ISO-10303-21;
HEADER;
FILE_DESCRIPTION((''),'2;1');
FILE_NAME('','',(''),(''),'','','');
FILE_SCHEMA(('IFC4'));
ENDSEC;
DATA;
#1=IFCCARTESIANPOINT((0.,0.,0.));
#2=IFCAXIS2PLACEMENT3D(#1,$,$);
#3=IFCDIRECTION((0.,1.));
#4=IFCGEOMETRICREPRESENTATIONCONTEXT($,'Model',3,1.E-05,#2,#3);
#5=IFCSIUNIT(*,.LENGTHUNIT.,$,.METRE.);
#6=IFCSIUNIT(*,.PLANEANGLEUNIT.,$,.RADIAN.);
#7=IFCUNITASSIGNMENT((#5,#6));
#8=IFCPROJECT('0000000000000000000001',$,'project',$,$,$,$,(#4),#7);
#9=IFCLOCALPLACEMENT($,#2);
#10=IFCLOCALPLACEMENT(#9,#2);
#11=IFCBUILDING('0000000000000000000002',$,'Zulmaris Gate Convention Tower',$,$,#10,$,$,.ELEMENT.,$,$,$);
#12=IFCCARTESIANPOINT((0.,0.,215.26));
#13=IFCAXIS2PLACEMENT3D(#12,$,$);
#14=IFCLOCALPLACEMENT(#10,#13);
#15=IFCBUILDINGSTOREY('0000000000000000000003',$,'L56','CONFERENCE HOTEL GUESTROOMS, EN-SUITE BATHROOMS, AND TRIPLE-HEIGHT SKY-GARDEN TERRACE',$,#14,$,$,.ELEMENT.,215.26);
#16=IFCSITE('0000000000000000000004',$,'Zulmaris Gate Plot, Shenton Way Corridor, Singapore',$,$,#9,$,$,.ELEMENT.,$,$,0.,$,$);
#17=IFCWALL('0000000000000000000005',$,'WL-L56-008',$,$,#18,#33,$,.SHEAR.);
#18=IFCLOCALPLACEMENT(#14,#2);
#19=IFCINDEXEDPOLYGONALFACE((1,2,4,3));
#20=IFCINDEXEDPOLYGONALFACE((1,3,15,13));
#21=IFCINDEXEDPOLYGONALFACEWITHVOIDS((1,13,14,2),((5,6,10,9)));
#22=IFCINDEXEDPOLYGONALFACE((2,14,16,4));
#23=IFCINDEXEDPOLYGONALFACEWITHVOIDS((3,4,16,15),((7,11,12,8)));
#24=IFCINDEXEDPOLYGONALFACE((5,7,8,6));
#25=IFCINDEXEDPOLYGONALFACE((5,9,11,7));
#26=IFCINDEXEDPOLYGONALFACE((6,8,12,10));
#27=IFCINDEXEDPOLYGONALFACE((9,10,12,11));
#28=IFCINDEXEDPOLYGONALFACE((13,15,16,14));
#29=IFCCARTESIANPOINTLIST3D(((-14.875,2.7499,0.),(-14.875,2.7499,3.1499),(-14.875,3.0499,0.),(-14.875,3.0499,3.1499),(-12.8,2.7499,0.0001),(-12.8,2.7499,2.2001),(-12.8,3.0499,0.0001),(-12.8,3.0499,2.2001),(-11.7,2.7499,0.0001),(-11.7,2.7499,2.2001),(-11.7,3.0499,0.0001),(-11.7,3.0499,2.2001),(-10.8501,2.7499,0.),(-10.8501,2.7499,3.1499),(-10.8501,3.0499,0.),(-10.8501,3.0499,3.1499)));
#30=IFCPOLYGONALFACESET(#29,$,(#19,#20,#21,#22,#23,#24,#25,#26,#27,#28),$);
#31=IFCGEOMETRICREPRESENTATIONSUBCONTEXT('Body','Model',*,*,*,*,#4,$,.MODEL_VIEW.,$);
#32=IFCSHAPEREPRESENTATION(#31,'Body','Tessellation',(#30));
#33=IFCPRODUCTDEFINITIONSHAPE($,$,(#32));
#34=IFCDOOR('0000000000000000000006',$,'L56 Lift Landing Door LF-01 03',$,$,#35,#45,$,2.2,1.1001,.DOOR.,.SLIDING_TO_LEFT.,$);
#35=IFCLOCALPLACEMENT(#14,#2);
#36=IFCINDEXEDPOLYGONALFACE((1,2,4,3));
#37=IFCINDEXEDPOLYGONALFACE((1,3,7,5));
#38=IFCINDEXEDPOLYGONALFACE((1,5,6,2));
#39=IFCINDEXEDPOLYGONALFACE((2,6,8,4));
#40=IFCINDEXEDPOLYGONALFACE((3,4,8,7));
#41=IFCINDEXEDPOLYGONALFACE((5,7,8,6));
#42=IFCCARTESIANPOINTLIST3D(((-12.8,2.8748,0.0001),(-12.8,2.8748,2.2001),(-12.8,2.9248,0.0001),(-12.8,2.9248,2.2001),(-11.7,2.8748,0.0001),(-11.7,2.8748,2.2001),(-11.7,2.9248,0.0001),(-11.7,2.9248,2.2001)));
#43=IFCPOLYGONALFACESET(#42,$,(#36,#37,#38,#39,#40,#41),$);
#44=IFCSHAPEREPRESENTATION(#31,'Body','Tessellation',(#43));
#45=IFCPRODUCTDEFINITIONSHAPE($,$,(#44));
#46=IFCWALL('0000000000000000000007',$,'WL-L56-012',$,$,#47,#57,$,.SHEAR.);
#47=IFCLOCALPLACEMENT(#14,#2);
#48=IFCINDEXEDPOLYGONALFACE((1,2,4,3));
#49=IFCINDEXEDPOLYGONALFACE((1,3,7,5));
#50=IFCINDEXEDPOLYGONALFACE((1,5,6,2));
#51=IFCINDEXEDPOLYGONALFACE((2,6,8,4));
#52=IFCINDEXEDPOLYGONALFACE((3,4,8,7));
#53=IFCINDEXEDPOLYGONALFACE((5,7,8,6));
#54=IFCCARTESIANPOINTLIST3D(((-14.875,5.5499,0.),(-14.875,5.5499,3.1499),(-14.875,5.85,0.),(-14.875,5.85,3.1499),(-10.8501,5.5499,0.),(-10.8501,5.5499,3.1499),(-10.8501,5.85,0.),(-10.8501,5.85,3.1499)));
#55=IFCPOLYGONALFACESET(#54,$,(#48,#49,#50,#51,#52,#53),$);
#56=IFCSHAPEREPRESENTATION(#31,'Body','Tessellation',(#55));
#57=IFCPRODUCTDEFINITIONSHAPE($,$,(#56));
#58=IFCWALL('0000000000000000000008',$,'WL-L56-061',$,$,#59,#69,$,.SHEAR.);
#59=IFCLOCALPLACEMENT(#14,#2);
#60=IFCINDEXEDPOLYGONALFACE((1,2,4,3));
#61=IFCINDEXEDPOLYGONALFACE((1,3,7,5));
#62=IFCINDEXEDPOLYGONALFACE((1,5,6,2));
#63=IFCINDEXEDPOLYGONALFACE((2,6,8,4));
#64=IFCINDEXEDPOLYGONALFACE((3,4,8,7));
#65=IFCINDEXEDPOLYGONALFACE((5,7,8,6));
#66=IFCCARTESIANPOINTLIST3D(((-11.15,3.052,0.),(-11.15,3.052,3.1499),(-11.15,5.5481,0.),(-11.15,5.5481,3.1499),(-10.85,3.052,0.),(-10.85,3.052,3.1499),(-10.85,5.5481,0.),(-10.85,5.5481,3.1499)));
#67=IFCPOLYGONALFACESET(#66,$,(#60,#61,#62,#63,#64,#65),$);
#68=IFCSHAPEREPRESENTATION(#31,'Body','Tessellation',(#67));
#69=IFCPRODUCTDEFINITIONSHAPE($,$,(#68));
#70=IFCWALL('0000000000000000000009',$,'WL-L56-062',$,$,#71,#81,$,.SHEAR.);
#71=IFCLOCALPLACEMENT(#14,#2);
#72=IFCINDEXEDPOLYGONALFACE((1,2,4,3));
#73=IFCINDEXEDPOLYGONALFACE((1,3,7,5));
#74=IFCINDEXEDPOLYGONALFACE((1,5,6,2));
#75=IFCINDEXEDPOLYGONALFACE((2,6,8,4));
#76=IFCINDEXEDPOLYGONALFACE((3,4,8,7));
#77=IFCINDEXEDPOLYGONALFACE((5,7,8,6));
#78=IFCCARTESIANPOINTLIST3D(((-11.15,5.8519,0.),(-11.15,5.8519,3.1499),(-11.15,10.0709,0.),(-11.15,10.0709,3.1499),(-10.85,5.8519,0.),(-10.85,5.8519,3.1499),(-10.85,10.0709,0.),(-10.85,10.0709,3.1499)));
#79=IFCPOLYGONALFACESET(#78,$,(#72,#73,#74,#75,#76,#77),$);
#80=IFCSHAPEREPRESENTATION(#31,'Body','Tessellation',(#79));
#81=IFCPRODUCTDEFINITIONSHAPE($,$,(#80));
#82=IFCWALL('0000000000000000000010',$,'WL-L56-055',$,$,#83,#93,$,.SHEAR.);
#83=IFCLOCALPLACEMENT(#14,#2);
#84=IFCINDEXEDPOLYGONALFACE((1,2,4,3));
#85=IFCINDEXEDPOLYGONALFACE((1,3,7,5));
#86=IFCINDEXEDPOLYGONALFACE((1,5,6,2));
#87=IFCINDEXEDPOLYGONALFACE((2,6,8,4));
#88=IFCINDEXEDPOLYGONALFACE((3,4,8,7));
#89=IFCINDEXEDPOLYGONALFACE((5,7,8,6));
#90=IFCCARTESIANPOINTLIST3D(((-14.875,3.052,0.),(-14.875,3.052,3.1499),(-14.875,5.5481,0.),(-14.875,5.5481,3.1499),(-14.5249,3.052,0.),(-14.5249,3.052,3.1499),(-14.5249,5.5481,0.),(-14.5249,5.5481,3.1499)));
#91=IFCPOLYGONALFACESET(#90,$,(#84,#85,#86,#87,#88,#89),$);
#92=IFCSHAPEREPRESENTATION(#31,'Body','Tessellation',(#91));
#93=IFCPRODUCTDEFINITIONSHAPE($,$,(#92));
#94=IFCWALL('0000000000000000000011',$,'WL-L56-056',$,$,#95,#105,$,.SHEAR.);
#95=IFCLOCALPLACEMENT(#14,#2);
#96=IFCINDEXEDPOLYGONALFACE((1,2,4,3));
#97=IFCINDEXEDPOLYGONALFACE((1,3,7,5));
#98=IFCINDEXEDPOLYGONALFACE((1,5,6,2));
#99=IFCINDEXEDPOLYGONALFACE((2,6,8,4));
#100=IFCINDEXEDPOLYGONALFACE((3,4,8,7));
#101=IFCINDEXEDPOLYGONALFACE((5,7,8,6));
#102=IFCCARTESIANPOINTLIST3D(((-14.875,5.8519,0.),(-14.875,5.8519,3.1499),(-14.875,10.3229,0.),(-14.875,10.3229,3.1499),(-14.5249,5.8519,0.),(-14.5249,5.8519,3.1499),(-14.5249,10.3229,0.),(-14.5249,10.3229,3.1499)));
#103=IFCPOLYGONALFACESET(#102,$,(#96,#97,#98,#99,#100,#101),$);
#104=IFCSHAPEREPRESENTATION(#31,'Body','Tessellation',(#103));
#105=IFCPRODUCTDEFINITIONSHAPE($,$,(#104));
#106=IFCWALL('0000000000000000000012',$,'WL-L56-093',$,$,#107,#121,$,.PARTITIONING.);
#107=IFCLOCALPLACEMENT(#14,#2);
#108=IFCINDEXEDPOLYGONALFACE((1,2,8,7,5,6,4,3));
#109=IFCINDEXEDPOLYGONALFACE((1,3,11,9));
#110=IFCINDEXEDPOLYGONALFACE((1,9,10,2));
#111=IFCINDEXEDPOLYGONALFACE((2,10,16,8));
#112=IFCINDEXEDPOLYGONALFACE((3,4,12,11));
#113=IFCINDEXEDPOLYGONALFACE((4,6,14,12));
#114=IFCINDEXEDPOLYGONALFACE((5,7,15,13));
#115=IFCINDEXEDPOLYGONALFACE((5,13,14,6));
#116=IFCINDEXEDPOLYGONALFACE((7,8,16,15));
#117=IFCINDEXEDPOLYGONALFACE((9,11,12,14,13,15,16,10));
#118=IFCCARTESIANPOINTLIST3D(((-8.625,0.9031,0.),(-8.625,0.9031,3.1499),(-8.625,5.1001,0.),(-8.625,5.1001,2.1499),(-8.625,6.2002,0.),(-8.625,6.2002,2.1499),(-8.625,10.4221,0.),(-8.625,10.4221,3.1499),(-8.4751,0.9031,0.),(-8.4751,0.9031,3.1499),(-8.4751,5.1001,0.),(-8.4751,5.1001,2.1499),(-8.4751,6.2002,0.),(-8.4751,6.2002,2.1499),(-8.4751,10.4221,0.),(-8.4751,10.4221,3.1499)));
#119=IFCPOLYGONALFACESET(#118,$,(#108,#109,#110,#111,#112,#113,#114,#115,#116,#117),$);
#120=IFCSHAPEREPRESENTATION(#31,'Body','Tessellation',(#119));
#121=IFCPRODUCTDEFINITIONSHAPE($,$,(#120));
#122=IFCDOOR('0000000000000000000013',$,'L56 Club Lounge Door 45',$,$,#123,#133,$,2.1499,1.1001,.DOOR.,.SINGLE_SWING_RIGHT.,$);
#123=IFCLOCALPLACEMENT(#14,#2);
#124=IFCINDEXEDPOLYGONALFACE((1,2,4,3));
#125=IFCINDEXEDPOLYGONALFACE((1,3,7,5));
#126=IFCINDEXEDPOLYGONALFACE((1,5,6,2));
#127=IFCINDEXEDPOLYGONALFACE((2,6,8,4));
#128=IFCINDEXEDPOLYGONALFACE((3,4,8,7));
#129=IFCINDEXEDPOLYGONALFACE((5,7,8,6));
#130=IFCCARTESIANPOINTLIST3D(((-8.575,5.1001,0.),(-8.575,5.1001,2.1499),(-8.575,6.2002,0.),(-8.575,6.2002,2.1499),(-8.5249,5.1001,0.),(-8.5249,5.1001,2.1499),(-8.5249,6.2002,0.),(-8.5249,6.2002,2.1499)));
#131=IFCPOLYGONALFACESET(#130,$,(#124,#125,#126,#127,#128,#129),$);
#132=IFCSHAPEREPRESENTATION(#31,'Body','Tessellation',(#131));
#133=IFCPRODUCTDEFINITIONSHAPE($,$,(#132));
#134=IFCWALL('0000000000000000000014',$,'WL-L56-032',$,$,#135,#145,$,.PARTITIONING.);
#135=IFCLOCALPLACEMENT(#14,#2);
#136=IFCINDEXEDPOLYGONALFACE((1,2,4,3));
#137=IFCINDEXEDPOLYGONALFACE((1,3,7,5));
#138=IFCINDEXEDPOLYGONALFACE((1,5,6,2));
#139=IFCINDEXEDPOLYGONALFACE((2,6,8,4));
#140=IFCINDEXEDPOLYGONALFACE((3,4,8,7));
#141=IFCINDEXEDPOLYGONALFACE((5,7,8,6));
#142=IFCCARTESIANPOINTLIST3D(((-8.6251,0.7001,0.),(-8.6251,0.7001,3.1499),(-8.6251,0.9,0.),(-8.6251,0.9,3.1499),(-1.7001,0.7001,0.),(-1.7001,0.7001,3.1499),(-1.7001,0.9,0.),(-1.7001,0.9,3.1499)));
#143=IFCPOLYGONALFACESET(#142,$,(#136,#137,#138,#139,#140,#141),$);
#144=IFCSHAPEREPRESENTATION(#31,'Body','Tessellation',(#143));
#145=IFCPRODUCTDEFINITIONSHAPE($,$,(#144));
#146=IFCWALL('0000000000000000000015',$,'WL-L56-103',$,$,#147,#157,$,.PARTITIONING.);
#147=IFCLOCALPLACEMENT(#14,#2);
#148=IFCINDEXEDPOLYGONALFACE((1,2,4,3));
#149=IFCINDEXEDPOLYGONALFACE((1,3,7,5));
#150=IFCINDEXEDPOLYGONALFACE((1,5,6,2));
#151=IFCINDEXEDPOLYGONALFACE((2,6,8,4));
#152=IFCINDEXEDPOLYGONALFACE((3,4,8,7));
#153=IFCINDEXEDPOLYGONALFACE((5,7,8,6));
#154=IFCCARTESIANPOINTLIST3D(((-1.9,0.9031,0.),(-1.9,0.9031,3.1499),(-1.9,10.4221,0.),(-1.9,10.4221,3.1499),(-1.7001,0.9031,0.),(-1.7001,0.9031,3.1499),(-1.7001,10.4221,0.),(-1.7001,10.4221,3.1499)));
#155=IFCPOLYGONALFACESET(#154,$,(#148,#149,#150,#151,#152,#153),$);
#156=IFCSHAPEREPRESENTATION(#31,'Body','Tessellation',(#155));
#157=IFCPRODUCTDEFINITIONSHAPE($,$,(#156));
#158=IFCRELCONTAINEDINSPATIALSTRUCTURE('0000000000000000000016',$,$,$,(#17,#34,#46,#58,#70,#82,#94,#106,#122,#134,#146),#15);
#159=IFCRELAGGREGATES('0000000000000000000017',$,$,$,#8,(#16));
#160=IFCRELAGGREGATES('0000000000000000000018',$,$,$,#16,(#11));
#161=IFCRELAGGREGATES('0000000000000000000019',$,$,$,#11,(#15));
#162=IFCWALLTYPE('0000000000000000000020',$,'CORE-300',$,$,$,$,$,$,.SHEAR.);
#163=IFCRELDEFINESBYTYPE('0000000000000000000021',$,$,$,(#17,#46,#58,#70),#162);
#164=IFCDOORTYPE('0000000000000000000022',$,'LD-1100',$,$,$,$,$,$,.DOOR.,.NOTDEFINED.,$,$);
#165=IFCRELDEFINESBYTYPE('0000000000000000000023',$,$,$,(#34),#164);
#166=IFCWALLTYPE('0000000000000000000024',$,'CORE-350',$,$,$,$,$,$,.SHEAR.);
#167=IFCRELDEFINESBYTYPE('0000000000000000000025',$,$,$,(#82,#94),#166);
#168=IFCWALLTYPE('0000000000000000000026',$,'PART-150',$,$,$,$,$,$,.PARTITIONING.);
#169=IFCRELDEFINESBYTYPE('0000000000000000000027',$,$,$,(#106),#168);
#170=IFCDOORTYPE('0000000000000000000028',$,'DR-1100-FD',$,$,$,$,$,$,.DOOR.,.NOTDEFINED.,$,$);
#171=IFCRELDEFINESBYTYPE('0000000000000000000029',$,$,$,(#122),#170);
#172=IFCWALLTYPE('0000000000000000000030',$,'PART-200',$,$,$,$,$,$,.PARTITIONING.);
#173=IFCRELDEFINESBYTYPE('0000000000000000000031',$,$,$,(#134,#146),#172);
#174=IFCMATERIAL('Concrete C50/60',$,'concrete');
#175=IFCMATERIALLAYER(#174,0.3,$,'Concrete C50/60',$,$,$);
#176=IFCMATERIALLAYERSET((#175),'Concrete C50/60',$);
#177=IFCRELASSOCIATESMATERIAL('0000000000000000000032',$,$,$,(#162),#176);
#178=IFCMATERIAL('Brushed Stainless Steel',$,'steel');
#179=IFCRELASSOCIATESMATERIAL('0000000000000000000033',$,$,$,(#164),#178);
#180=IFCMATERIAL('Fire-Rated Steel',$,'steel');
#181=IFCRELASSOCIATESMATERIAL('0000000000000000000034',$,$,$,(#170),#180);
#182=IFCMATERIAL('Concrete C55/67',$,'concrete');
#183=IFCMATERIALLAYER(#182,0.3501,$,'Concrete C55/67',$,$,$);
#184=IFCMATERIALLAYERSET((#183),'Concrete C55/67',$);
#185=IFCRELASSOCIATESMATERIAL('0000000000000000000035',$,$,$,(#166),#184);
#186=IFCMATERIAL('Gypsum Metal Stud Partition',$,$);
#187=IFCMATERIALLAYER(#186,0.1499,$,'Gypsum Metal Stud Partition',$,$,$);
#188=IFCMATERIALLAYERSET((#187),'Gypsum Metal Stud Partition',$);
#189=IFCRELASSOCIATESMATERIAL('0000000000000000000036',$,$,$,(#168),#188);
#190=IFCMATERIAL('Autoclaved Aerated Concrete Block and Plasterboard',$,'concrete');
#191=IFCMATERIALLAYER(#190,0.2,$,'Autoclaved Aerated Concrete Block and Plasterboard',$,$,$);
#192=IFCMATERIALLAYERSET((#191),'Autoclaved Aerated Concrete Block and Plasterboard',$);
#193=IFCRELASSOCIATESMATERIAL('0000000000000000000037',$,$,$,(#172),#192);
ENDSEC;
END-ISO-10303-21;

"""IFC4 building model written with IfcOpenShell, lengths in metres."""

from ifc_helpers import new_model, si_unit, direction, frame, frame_2d, origin, place, context, subcontext, project, spatial, rectangle, extrude, material, layer, layer_set, type_object, element, fill, save


model = new_model("IFC4")

# Units and contexts
model_context = context("Model", 3, precision=1e-05, world=origin(), true_north=direction((0.0, 1.0)))
body_context = subcontext(model_context, "Body", "Model", "MODEL_VIEW")
ifc_project = project(units=[si_unit("LENGTHUNIT", "METRE"), si_unit("PLANEANGLEUNIT", "RADIAN")], contexts=[model_context])

# Site, building, storey
site_placement = place(None, origin())
site = spatial("IfcSite", under=ifc_project, at=site_placement, Name="Zulmaris Gate Plot, Shenton Way Corridor, Singapore", CompositionType="ELEMENT", RefElevation=0.0)
building_placement = place(site_placement, origin())
building = spatial("IfcBuilding", under=site, at=building_placement, Name="Zulmaris Gate Convention Tower", CompositionType="ELEMENT")
storey_placement = place(building_placement, frame((0.0, 0.0, 215.26)))
storey = spatial("IfcBuildingStorey", under=building, at=storey_placement, Name="L56", Description="CONFERENCE HOTEL GUESTROOMS, EN-SUITE BATHROOMS, AND TRIPLE-HEIGHT SKY-GARDEN TERRACE", CompositionType="ELEMENT", Elevation=215.26)

# Shared definitions
ifc_material_1 = material(Name="Concrete C50/60", Category="concrete")

# Wall, opening, door
ifc_layer_1 = layer(ifc_material_1, 0.3, Name="Concrete C50/60")
ifc_layer_set_1 = layer_set([ifc_layer_1], Name="Concrete C50/60")
wall_type_1 = type_object("IfcWallType", Name="CORE-300", PredefinedType="SHEAR", material=ifc_layer_set_1)
wall_1_placement = place(storey_placement, frame((-14.875, 2.8999, 0.0), z_axis=(0.0, 0.0, 1.0), x_axis=(1.0, 0.0, 0.0)))
wall_1 = element("IfcWall", 1, at=wall_1_placement, inside=storey, type_object=wall_type_1, Name="WL-L56-008", PredefinedType="SHEAR", context=body_context, shape_type="SweptSolid", body=[
    extrude(rectangle(XDim=4.0249, YDim=0.3, at=frame_2d((2.0125, 0.0))), origin(), (0.0, 0.0, 1.0), 3.1499),
])
opening_1_placement = place(wall_1_placement, frame((2.075, 0.0, 0.0)))
opening_1 = element("IfcOpeningElement", 2, at=opening_1_placement, cuts=wall_1, PredefinedType="OPENING", context=body_context, shape_type="SweptSolid", body=[
    extrude(rectangle(XDim=1.1001, YDim=2.2, at=frame_2d((0.55, 1.1001))), frame((0.0, 0.1602, 0.0), z_axis=(0.0, -1.0, 0.0), x_axis=(1.0, 0.0, 0.0)), (0.0, 0.0, 1.0), 0.3201),
])
ifc_material_2 = material(Name="Brushed Stainless Steel", Category="steel")
door_type_1 = type_object("IfcDoorType", Name="LD-1100", OperationType="NOTDEFINED", PredefinedType="DOOR", material=ifc_material_2)
door_1_placement = place(opening_1_placement, origin())
door_1 = element("IfcDoor", 3, at=door_1_placement, inside=storey, type_object=door_type_1, Name="L56 Lift Landing Door LF-01 03", OperationType="SLIDING_TO_LEFT", OverallHeight=2.2, OverallWidth=1.1001, PredefinedType="DOOR", context=body_context, shape_type="SweptSolid", body=[
    extrude(rectangle(XDim=1.1001, YDim=2.2, at=frame_2d((0.55, 1.1001))), frame((0.0, 0.0249, 0.0), z_axis=(0.0, -1.0, 0.0), x_axis=(1.0, 0.0, 0.0)), (0.0, 0.0, 1.0), 0.05),
])
fill(opening_1, door_1)

# Wall
wall_2_placement = place(storey_placement, frame((-14.875, 5.7, 0.0), z_axis=(0.0, 0.0, 1.0), x_axis=(1.0, 0.0, 0.0)))
element("IfcWall", 4, at=wall_2_placement, inside=storey, type_object=wall_type_1, Name="WL-L56-012", PredefinedType="SHEAR", context=body_context, shape_type="SweptSolid", body=[
    extrude(rectangle(XDim=4.0249, YDim=0.3, at=frame_2d((2.0125, 0.0))), origin(), (0.0, 0.0, 1.0), 3.1499),
])

# Shared definitions
ifc_material_3 = material(Name="Fire-Rated Steel", Category="steel")
door_type_2 = type_object("IfcDoorType", Name="DR-1100-FD", OperationType="NOTDEFINED", PredefinedType="DOOR", material=ifc_material_3)

# Walls
wall_3_placement = place(storey_placement, frame((-11.0, 3.052, 0.0), z_axis=(0.0, 0.0, 1.0), x_axis=(0.0, 1.0, 0.0)))
element("IfcWall", 5, at=wall_3_placement, inside=storey, type_object=wall_type_1, Name="WL-L56-061", PredefinedType="SHEAR", context=body_context, shape_type="SweptSolid", body=[
    extrude(rectangle(XDim=2.4961, YDim=0.3, at=frame_2d((1.248, 0.0))), origin(), (0.0, 0.0, 1.0), 3.1499),
])
wall_4_placement = place(storey_placement, frame((-11.0, 5.8521, 0.0), z_axis=(0.0, 0.0, 1.0), x_axis=(0.0, 1.0, 0.0)))
element("IfcWall", 6, at=wall_4_placement, inside=storey, type_object=wall_type_1, Name="WL-L56-062", PredefinedType="SHEAR", context=body_context, shape_type="SweptSolid", body=[
    extrude(rectangle(XDim=4.219, YDim=0.3, at=frame_2d((2.1094, 0.0))), origin(), (0.0, 0.0, 1.0), 3.1499),
])
ifc_material_4 = material(Name="Concrete C55/67", Category="concrete")
ifc_layer_2 = layer(ifc_material_4, 0.3501, Name="Concrete C55/67")
ifc_layer_set_2 = layer_set([ifc_layer_2], Name="Concrete C55/67")
wall_type_2 = type_object("IfcWallType", Name="CORE-350", PredefinedType="SHEAR", material=ifc_layer_set_2)
wall_5_placement = place(storey_placement, frame((-14.7, 3.052, 0.0), z_axis=(0.0, 0.0, 1.0), x_axis=(0.0, 1.0, 0.0)))
element("IfcWall", 7, at=wall_5_placement, inside=storey, type_object=wall_type_2, Name="WL-L56-055", PredefinedType="SHEAR", context=body_context, shape_type="SweptSolid", body=[
    extrude(rectangle(XDim=2.4961, YDim=0.3501, at=frame_2d((1.248, 0.0))), origin(), (0.0, 0.0, 1.0), 3.1499),
])
wall_6_placement = place(storey_placement, frame((-14.7, 5.8521, 0.0), z_axis=(0.0, 0.0, 1.0), x_axis=(0.0, 1.0, 0.0)))
element("IfcWall", 8, at=wall_6_placement, inside=storey, type_object=wall_type_2, Name="WL-L56-056", PredefinedType="SHEAR", context=body_context, shape_type="SweptSolid", body=[
    extrude(rectangle(XDim=4.4709, YDim=0.3501, at=frame_2d((2.2354, 0.0))), origin(), (0.0, 0.0, 1.0), 3.1499),
])

# Wall, opening, door
ifc_material_5 = material(Name="Gypsum Metal Stud Partition")
ifc_layer_3 = layer(ifc_material_5, 0.1499, Name="Gypsum Metal Stud Partition")
ifc_layer_set_3 = layer_set([ifc_layer_3], Name="Gypsum Metal Stud Partition")
wall_type_3 = type_object("IfcWallType", Name="PART-150", PredefinedType="PARTITIONING", material=ifc_layer_set_3)
wall_7_placement = place(storey_placement, frame((-8.55, 0.9031, 0.0), z_axis=(0.0, 0.0, 1.0), x_axis=(0.0, 1.0, 0.0)))
wall_7 = element("IfcWall", 9, at=wall_7_placement, inside=storey, type_object=wall_type_3, Name="WL-L56-093", PredefinedType="PARTITIONING", context=body_context, shape_type="SweptSolid", body=[
    extrude(rectangle(XDim=9.519, YDim=0.1499, at=frame_2d((4.7595, 0.0))), origin(), (0.0, 0.0, 1.0), 3.1499),
])
opening_2_placement = place(wall_7_placement, frame((4.197, 0.0, 0.0)))
opening_2 = element("IfcOpeningElement", 10, at=opening_2_placement, cuts=wall_7, PredefinedType="OPENING", context=body_context, shape_type="SweptSolid", body=[
    extrude(rectangle(XDim=1.1001, YDim=2.1499, at=frame_2d((0.55, 1.075))), frame((0.0, 0.085, 0.0), z_axis=(0.0, -1.0, 0.0), x_axis=(1.0, 0.0, 0.0)), (0.0, 0.0, 1.0), 0.1699),
])
door_2_placement = place(opening_2_placement, origin())
door_2 = element("IfcDoor", 11, at=door_2_placement, inside=storey, type_object=door_type_2, Name="L56 Club Lounge Door 45", OperationType="SINGLE_SWING_RIGHT", OverallHeight=2.1499, OverallWidth=1.1001, PredefinedType="DOOR", context=body_context, shape_type="SweptSolid", body=[
    extrude(rectangle(XDim=1.1001, YDim=2.1499, at=frame_2d((0.55, 1.075))), frame((0.0, 0.0249, 0.0), z_axis=(0.0, -1.0, 0.0), x_axis=(1.0, 0.0, 0.0)), (0.0, 0.0, 1.0), 0.05),
])
fill(opening_2, door_2)

# Wall
ifc_material_6 = material(Name="Autoclaved Aerated Concrete Block and Plasterboard", Category="concrete")
ifc_layer_4 = layer(ifc_material_6, 0.2, Name="Autoclaved Aerated Concrete Block and Plasterboard")
ifc_layer_set_4 = layer_set([ifc_layer_4], Name="Autoclaved Aerated Concrete Block and Plasterboard")
wall_type_4 = type_object("IfcWallType", Name="PART-200", PredefinedType="PARTITIONING", material=ifc_layer_set_4)
wall_8_placement = place(storey_placement, frame((-8.625, 0.8, 0.0), z_axis=(0.0, 0.0, 1.0), x_axis=(1.0, 0.0, 0.0)))
element("IfcWall", 12, at=wall_8_placement, inside=storey, type_object=wall_type_4, Name="WL-L56-032", PredefinedType="PARTITIONING", context=body_context, shape_type="SweptSolid", body=[
    extrude(rectangle(XDim=6.925, YDim=0.2, at=frame_2d((3.4624, 0.0))), origin(), (0.0, 0.0, 1.0), 3.1499),
])

# Wall
wall_9_placement = place(storey_placement, frame((-1.8, 0.9031, 0.0), z_axis=(0.0, 0.0, 1.0), x_axis=(0.0, 1.0, 0.0)))
element("IfcWall", 13, at=wall_9_placement, inside=storey, type_object=wall_type_4, Name="WL-L56-103", PredefinedType="PARTITIONING", context=body_context, shape_type="SweptSolid", body=[
    extrude(rectangle(XDim=9.519, YDim=0.2, at=frame_2d((4.7595, 0.0))), origin(), (0.0, 0.0, 1.0), 3.1499),
])

save(model, "model.ifc")
